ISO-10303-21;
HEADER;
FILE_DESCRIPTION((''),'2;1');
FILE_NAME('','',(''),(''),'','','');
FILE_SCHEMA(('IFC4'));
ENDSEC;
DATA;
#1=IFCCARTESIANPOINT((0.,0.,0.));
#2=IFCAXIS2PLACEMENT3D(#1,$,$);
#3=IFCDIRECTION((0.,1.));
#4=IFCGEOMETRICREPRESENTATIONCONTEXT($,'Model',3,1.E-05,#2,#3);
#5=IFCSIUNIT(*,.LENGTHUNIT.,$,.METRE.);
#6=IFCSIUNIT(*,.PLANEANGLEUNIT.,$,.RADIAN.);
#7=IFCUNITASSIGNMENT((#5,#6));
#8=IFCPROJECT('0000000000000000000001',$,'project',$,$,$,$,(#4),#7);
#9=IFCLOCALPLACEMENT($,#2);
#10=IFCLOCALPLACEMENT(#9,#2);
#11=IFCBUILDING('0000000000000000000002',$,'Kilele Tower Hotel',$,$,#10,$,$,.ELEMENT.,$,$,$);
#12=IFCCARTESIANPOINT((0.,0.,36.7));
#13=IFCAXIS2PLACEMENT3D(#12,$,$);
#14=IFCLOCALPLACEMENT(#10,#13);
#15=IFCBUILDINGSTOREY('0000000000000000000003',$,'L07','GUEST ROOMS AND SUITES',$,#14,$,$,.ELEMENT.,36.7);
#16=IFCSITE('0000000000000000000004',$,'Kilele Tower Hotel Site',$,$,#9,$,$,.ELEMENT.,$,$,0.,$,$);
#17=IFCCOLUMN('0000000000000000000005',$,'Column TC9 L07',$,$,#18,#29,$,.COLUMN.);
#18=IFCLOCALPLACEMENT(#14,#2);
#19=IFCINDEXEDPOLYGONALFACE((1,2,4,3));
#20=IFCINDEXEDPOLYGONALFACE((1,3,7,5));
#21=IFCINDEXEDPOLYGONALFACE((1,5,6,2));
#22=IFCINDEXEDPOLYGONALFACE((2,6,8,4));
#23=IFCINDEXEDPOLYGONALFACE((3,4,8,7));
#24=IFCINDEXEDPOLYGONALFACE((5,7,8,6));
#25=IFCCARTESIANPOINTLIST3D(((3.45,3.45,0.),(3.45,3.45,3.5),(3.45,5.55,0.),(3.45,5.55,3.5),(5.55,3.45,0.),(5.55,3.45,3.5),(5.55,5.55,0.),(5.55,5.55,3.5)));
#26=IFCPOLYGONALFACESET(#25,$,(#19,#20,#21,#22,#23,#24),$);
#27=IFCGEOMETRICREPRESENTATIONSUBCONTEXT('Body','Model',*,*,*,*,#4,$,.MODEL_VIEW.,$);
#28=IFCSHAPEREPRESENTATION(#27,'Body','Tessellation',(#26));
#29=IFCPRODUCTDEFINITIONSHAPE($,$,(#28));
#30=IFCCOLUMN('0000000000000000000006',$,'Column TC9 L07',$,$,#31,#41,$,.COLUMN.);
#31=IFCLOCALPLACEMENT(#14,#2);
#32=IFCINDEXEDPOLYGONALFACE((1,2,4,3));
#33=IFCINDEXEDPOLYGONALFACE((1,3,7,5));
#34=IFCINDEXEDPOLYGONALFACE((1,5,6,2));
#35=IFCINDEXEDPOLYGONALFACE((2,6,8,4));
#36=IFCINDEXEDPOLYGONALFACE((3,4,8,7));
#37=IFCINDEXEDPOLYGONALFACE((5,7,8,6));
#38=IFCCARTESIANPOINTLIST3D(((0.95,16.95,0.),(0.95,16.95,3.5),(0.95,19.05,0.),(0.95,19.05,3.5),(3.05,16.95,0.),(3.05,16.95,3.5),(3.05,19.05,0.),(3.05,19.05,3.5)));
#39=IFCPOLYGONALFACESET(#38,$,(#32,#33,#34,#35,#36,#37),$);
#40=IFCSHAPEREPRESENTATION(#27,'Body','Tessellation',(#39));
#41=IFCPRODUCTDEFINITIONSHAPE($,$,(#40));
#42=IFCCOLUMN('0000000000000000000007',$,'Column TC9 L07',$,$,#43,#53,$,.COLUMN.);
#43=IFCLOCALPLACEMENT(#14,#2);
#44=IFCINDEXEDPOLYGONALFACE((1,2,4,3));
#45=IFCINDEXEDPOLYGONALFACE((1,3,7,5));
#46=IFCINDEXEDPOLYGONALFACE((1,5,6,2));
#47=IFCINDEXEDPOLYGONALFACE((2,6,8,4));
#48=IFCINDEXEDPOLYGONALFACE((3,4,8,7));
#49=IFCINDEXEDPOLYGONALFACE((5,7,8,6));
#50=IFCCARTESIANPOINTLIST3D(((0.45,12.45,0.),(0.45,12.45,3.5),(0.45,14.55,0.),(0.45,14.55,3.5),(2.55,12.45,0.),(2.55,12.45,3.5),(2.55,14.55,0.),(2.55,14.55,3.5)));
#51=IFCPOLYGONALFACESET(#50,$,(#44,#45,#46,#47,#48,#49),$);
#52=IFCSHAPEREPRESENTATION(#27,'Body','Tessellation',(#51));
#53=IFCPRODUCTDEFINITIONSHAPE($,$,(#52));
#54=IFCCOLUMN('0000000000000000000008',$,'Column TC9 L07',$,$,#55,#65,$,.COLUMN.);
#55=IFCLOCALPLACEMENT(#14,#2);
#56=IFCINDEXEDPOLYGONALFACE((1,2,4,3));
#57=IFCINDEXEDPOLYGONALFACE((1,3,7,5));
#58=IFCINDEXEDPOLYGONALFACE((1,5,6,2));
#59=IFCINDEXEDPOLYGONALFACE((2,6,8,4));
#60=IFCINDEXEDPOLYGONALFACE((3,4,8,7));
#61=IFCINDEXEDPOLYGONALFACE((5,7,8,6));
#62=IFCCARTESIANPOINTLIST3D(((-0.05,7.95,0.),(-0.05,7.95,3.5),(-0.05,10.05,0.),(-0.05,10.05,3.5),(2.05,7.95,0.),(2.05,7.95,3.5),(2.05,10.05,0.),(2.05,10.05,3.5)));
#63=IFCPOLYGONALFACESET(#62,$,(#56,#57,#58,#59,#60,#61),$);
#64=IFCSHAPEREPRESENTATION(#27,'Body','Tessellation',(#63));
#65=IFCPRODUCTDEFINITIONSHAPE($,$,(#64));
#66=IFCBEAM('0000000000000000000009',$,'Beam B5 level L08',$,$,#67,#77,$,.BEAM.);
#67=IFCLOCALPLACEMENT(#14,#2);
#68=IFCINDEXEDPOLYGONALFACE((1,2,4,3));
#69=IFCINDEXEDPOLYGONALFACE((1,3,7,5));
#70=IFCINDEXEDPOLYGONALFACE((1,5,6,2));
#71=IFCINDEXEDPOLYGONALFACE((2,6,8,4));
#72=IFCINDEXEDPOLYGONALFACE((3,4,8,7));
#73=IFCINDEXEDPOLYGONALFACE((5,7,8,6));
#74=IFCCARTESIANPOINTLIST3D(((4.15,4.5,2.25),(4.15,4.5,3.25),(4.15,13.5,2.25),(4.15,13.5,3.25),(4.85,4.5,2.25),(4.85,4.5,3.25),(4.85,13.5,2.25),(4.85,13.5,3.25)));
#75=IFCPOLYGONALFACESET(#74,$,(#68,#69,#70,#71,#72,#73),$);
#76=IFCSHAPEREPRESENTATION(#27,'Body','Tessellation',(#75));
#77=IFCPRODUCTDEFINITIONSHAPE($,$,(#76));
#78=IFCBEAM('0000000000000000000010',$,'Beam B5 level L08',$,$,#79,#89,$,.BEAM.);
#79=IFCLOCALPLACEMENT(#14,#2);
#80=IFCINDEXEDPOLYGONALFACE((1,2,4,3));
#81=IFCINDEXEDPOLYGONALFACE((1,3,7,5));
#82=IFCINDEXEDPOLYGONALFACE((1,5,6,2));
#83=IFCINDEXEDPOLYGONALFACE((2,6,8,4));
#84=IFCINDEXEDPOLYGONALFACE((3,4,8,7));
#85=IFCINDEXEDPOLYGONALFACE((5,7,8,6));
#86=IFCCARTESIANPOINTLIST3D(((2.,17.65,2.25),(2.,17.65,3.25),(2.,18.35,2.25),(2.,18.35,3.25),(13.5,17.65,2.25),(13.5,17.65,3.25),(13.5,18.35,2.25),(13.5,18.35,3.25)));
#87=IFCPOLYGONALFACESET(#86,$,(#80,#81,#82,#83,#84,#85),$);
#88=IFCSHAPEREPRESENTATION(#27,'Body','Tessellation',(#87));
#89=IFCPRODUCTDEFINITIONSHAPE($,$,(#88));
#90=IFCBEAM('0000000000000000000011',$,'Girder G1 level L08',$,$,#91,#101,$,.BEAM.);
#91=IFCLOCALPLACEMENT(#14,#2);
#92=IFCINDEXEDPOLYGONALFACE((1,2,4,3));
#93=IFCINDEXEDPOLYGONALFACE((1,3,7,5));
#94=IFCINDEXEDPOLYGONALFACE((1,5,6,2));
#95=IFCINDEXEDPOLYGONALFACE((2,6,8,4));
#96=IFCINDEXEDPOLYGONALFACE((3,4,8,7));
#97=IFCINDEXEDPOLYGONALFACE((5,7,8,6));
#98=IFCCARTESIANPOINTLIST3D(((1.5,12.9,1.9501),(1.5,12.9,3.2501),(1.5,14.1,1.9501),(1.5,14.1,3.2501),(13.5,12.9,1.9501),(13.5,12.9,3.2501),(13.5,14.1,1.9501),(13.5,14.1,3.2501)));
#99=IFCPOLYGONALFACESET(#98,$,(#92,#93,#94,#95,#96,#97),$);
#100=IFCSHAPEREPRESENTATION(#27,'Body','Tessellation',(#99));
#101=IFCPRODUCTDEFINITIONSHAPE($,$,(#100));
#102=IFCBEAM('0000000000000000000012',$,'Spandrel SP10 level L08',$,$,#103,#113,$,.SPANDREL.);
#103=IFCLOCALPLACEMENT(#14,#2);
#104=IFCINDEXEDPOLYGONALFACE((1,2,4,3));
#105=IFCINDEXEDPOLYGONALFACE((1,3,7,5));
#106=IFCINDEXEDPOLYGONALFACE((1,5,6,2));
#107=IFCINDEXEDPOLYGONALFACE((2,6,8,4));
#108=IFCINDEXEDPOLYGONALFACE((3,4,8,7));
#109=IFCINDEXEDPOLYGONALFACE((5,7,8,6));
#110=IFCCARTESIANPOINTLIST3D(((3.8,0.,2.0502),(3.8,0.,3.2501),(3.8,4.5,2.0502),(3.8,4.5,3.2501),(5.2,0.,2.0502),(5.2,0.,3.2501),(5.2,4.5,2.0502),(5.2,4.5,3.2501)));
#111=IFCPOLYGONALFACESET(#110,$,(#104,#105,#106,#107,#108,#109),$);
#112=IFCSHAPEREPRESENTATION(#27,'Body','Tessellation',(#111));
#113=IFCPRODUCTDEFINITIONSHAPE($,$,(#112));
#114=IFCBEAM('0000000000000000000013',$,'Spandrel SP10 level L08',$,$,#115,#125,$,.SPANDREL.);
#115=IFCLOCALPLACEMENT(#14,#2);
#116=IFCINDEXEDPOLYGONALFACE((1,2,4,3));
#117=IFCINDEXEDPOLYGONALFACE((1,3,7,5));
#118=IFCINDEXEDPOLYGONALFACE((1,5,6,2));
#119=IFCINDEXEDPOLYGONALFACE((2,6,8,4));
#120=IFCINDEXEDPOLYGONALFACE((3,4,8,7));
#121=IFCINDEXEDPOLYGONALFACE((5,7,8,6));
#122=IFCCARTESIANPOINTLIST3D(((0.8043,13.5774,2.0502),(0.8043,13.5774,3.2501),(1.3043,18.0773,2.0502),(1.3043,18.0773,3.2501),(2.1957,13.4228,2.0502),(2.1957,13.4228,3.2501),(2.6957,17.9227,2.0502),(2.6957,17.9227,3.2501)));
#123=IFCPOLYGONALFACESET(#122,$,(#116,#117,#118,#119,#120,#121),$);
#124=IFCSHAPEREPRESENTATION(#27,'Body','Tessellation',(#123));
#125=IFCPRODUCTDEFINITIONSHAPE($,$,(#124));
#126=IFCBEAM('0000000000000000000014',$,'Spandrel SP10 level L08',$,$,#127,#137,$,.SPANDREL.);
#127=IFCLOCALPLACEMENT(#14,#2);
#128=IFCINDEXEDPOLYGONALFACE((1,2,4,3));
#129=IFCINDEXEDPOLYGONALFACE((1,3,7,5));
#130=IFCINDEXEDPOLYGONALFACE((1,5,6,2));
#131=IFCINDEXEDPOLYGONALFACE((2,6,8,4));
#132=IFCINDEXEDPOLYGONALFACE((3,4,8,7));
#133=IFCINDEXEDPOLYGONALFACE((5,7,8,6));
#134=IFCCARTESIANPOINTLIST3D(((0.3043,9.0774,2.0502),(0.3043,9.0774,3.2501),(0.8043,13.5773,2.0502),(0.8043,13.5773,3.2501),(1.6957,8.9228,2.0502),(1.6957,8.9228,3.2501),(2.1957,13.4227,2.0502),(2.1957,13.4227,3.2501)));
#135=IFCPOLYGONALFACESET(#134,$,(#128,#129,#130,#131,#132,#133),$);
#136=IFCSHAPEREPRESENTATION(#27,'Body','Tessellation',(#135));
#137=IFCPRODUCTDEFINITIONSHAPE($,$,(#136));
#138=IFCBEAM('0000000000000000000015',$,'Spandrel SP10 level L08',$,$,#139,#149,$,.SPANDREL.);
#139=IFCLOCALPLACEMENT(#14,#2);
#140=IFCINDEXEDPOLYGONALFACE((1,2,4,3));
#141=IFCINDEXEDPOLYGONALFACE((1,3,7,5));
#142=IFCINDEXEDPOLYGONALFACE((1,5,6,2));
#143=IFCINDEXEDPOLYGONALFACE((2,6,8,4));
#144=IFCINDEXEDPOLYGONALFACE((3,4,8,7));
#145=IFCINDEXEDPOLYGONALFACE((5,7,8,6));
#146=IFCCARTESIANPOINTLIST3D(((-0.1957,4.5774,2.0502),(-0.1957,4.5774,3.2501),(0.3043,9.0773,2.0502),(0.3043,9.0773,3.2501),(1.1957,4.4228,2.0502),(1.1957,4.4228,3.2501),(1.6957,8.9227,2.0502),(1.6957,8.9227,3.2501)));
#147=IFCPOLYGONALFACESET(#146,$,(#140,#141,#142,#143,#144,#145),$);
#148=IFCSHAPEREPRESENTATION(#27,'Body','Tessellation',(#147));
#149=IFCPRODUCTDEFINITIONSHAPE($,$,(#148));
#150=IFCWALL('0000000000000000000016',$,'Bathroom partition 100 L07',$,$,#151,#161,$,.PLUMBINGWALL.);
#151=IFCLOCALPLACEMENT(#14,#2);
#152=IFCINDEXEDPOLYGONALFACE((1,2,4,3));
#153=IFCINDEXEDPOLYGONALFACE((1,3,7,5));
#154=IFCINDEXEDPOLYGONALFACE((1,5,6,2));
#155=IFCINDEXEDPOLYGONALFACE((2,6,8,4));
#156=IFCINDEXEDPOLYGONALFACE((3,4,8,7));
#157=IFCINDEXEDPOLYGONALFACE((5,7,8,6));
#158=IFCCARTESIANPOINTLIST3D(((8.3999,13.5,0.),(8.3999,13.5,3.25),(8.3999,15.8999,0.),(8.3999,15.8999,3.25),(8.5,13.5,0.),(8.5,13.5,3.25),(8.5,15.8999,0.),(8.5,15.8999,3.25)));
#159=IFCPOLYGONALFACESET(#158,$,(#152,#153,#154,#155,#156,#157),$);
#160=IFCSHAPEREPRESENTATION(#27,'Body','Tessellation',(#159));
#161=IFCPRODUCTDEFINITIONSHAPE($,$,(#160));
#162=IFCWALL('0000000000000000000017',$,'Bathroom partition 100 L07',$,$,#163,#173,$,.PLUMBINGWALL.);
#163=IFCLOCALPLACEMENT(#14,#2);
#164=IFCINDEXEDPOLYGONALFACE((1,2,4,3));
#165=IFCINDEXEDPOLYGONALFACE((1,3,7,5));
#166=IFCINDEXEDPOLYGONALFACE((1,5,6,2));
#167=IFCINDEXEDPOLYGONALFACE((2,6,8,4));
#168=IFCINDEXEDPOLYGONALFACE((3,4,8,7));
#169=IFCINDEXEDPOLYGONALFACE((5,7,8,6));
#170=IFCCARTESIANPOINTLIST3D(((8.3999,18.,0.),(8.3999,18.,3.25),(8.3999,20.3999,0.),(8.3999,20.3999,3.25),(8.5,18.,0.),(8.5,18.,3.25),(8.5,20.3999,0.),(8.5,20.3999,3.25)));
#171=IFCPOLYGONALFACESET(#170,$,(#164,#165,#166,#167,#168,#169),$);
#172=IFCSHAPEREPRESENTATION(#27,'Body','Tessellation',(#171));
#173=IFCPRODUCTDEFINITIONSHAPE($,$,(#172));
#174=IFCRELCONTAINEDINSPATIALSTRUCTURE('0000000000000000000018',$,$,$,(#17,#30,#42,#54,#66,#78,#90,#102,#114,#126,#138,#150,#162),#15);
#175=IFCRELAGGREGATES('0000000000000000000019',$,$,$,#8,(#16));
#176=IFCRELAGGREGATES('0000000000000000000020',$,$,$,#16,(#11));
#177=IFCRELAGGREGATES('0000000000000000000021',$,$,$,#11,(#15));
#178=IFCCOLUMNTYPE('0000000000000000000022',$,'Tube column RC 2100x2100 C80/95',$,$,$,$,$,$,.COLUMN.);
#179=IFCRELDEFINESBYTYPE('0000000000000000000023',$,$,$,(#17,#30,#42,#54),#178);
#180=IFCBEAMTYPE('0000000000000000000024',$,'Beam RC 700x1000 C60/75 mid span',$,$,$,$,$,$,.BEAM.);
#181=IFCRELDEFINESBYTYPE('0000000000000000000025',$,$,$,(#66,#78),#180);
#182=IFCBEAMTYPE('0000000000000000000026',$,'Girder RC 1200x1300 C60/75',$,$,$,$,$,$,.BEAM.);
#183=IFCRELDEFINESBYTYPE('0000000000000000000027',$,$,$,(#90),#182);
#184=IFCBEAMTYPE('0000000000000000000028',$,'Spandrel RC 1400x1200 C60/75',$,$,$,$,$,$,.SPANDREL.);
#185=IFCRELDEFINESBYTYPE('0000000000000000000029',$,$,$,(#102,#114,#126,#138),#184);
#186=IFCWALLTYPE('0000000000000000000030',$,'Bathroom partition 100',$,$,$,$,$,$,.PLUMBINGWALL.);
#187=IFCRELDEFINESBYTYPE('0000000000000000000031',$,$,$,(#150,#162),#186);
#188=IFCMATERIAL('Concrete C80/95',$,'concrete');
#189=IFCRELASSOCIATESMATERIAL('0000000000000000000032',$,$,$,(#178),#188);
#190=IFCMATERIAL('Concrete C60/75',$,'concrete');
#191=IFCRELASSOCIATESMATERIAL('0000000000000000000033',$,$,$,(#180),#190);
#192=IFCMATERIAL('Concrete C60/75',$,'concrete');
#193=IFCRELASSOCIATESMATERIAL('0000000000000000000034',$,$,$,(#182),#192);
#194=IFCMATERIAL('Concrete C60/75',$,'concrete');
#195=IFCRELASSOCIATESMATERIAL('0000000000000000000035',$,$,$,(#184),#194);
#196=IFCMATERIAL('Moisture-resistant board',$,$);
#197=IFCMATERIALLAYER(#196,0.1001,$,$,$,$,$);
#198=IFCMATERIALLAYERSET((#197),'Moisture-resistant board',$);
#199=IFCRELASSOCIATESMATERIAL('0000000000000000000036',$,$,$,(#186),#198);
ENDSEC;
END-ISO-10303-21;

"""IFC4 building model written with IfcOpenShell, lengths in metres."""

from ifc_helpers import new_model, si_unit, direction, frame, frame_2d, origin, origin_2d, place, context, subcontext, project, spatial, rectangle, extrude, material, layer, layer_set, material_profile, profile_set, type_object, element, save


model = new_model("IFC4")

# Units and contexts
model_context = context("Model", 3, precision=1e-05, world=origin(), true_north=direction((0.0, 1.0)))
body_context = subcontext(model_context, "Body", "Model", "MODEL_VIEW")
ifc_project = project(units=[si_unit("LENGTHUNIT", "METRE"), si_unit("PLANEANGLEUNIT", "RADIAN")], contexts=[model_context])

# Site, building, storey
site_placement = place(None, origin())
site = spatial("IfcSite", under=ifc_project, at=site_placement, Name="Kilele Tower Hotel Site", CompositionType="ELEMENT", RefElevation=0.0)
building_placement = place(site_placement, origin())
building = spatial("IfcBuilding", under=site, at=building_placement, Name="Kilele Tower Hotel", CompositionType="ELEMENT")
storey_placement = place(building_placement, frame((0.0, 0.0, 36.7)))
storey = spatial("IfcBuildingStorey", under=building, at=storey_placement, Name="L07", Description="GUEST ROOMS AND SUITES", CompositionType="ELEMENT", Elevation=36.7)

# Columns
ifc_material_1 = material(Name="Concrete C80/95", Category="concrete")
ifc_material_profile_1 = material_profile(ifc_material_1, rectangle(XDim=2.1001, YDim=2.1001, at=origin_2d()))
ifc_profile_set_1 = profile_set([ifc_material_profile_1], Name="Concrete C80/95")
column_type = type_object("IfcColumnType", Name="Tube column RC 2100x2100 C80/95", PredefinedType="COLUMN", material=ifc_profile_set_1)
for number, where, z_axis, x_axis, name in (
    (1, (4.5, 4.5, 0.0), (0.0, 0.0, 1.0), (1.0, 0.0, 0.0), "Column TC9 L07"),
    (2, (2.0, 18.0, 0.0), (0.0, 0.0, 1.0), (1.0, 0.0, 0.0), "Column TC9 L07"),
    (3, (1.5, 13.5, 0.0), (0.0, 0.0, 1.0), (1.0, 0.0, 0.0), "Column TC9 L07"),
    (4, (1.0, 9.0, 0.0), (0.0, 0.0, 1.0), (1.0, 0.0, 0.0), "Column TC9 L07"),
):
    element("IfcColumn", number, at=place(storey_placement, frame(where, z_axis=z_axis, x_axis=x_axis)), inside=storey, type_object=column_type, Name=name, PredefinedType="COLUMN", context=body_context, shape_type="SweptSolid", body=[
        extrude(rectangle(XDim=2.1001, YDim=2.1001, at=origin_2d()), origin(), (0.0, 0.0, 1.0), 3.5),
    ])

# Beams
ifc_material_2 = material(Name="Concrete C60/75", Category="concrete")
ifc_material_profile_2 = material_profile(ifc_material_2, rectangle(XDim=0.7, YDim=1.0, at=origin_2d()))
ifc_profile_set_2 = profile_set([ifc_material_profile_2], Name="Concrete C60/75")
beam_type_1 = type_object("IfcBeamType", Name="Beam RC 700x1000 C60/75 mid span", PredefinedType="BEAM", material=ifc_profile_set_2)
beam_1_placement = place(storey_placement, frame((4.5, 4.5, 2.75), z_axis=(0.0, 1.0, 0.0), x_axis=(-1.0, 0.0, 0.0)))
element("IfcBeam", 5, at=beam_1_placement, inside=storey, type_object=beam_type_1, Name="Beam B5 level L08", PredefinedType="BEAM", context=body_context, shape_type="SweptSolid", body=[
    extrude(rectangle(XDim=0.7, YDim=1.0, at=origin_2d()), origin(), (0.0, 0.0, 1.0), 9.0),
])
beam_2_placement = place(storey_placement, frame((2.0, 18.0, 2.75), z_axis=(1.0, 0.0, 0.0), x_axis=(0.0, 1.0, 0.0)))
element("IfcBeam", 6, at=beam_2_placement, inside=storey, type_object=beam_type_1, Name="Beam B5 level L08", PredefinedType="BEAM", context=body_context, shape_type="SweptSolid", body=[
    extrude(rectangle(XDim=0.7, YDim=1.0, at=origin_2d()), origin(), (0.0, 0.0, 1.0), 11.5),
])
ifc_material_3 = material(Name="Concrete C60/75", Category="concrete")
ifc_material_profile_3 = material_profile(ifc_material_3, rectangle(XDim=1.2, YDim=1.3, at=origin_2d()))
ifc_profile_set_3 = profile_set([ifc_material_profile_3], Name="Concrete C60/75")
beam_type_2 = type_object("IfcBeamType", Name="Girder RC 1200x1300 C60/75", PredefinedType="BEAM", material=ifc_profile_set_3)
beam_3_placement = place(storey_placement, frame((1.5, 13.5, 2.6001), z_axis=(1.0, 0.0, 0.0), x_axis=(0.0, 1.0, 0.0)))
element("IfcBeam", 7, at=beam_3_placement, inside=storey, type_object=beam_type_2, Name="Girder G1 level L08", PredefinedType="BEAM", context=body_context, shape_type="SweptSolid", body=[
    extrude(rectangle(XDim=1.2, YDim=1.3, at=origin_2d()), origin(), (0.0, 0.0, 1.0), 12.0),
])
ifc_material_4 = material(Name="Concrete C60/75", Category="concrete")
ifc_material_profile_4 = material_profile(ifc_material_4, rectangle(XDim=1.3999, YDim=1.2, at=origin_2d()))
ifc_profile_set_4 = profile_set([ifc_material_profile_4], Name="Concrete C60/75")
beam_type_3 = type_object("IfcBeamType", Name="Spandrel RC 1400x1200 C60/75", PredefinedType="SPANDREL", material=ifc_profile_set_4)
beam_4_placement = place(storey_placement, frame((4.5, 4.5, 2.6501), z_axis=(0.0, -1.0, 0.0), x_axis=(1.0, 0.0, 0.0)))
element("IfcBeam", 8, at=beam_4_placement, inside=storey, type_object=beam_type_3, Name="Spandrel SP10 level L08", PredefinedType="SPANDREL", context=body_context, shape_type="SweptSolid", body=[
    extrude(rectangle(XDim=1.3999, YDim=1.2, at=origin_2d()), origin(), (0.0, 0.0, 1.0), 4.5),
])
for number, where, z_axis, x_axis, name in (
    (9, (2.0, 18.0, 2.6501), (-0.110432, -0.993884, 0.0), (0.993884, -0.110432, 0.0), "Spandrel SP10 level L08"),
    (10, (1.5, 13.5, 2.6501), (-0.110432, -0.993884, 0.0), (0.993884, -0.110432, 0.0), "Spandrel SP10 level L08"),
    (11, (1.0, 9.0, 2.6501), (-0.110432, -0.993884, 0.0), (0.993884, -0.110432, 0.0), "Spandrel SP10 level L08"),
):
    element("IfcBeam", number, at=place(storey_placement, frame(where, z_axis=z_axis, x_axis=x_axis)), inside=storey, type_object=beam_type_3, Name=name, PredefinedType="SPANDREL", context=body_context, shape_type="SweptSolid", body=[
        extrude(rectangle(XDim=1.3999, YDim=1.2, at=origin_2d()), origin(), (0.0, 0.0, 1.0), 4.5276),
    ])

# Walls
ifc_material_5 = material(Name="Moisture-resistant board")
ifc_layer_1 = layer(ifc_material_5, 0.1001)
ifc_layer_set_1 = layer_set([ifc_layer_1], Name="Moisture-resistant board")
wall_type_1 = type_object("IfcWallType", Name="Bathroom partition 100", PredefinedType="PLUMBINGWALL", material=ifc_layer_set_1)
for number, where, z_axis, x_axis, name in (
    (12, (8.45, 13.5, 0.0), (0.0, 0.0, 1.0), (0.0, 1.0, 0.0), "Bathroom partition 100 L07"),
    (13, (8.45, 18.0, 0.0), (0.0, 0.0, 1.0), (0.0, 1.0, 0.0), "Bathroom partition 100 L07"),
):
    element("IfcWall", number, at=place(storey_placement, frame(where, z_axis=z_axis, x_axis=x_axis)), inside=storey, type_object=wall_type_1, Name=name, PredefinedType="PLUMBINGWALL", context=body_context, shape_type="SweptSolid", body=[
        extrude(rectangle(XDim=2.3999, YDim=0.1001, at=frame_2d((1.2, 0.0))), origin(), (0.0, 0.0, 1.0), 3.25),
    ])

save(model, "model.ifc")
